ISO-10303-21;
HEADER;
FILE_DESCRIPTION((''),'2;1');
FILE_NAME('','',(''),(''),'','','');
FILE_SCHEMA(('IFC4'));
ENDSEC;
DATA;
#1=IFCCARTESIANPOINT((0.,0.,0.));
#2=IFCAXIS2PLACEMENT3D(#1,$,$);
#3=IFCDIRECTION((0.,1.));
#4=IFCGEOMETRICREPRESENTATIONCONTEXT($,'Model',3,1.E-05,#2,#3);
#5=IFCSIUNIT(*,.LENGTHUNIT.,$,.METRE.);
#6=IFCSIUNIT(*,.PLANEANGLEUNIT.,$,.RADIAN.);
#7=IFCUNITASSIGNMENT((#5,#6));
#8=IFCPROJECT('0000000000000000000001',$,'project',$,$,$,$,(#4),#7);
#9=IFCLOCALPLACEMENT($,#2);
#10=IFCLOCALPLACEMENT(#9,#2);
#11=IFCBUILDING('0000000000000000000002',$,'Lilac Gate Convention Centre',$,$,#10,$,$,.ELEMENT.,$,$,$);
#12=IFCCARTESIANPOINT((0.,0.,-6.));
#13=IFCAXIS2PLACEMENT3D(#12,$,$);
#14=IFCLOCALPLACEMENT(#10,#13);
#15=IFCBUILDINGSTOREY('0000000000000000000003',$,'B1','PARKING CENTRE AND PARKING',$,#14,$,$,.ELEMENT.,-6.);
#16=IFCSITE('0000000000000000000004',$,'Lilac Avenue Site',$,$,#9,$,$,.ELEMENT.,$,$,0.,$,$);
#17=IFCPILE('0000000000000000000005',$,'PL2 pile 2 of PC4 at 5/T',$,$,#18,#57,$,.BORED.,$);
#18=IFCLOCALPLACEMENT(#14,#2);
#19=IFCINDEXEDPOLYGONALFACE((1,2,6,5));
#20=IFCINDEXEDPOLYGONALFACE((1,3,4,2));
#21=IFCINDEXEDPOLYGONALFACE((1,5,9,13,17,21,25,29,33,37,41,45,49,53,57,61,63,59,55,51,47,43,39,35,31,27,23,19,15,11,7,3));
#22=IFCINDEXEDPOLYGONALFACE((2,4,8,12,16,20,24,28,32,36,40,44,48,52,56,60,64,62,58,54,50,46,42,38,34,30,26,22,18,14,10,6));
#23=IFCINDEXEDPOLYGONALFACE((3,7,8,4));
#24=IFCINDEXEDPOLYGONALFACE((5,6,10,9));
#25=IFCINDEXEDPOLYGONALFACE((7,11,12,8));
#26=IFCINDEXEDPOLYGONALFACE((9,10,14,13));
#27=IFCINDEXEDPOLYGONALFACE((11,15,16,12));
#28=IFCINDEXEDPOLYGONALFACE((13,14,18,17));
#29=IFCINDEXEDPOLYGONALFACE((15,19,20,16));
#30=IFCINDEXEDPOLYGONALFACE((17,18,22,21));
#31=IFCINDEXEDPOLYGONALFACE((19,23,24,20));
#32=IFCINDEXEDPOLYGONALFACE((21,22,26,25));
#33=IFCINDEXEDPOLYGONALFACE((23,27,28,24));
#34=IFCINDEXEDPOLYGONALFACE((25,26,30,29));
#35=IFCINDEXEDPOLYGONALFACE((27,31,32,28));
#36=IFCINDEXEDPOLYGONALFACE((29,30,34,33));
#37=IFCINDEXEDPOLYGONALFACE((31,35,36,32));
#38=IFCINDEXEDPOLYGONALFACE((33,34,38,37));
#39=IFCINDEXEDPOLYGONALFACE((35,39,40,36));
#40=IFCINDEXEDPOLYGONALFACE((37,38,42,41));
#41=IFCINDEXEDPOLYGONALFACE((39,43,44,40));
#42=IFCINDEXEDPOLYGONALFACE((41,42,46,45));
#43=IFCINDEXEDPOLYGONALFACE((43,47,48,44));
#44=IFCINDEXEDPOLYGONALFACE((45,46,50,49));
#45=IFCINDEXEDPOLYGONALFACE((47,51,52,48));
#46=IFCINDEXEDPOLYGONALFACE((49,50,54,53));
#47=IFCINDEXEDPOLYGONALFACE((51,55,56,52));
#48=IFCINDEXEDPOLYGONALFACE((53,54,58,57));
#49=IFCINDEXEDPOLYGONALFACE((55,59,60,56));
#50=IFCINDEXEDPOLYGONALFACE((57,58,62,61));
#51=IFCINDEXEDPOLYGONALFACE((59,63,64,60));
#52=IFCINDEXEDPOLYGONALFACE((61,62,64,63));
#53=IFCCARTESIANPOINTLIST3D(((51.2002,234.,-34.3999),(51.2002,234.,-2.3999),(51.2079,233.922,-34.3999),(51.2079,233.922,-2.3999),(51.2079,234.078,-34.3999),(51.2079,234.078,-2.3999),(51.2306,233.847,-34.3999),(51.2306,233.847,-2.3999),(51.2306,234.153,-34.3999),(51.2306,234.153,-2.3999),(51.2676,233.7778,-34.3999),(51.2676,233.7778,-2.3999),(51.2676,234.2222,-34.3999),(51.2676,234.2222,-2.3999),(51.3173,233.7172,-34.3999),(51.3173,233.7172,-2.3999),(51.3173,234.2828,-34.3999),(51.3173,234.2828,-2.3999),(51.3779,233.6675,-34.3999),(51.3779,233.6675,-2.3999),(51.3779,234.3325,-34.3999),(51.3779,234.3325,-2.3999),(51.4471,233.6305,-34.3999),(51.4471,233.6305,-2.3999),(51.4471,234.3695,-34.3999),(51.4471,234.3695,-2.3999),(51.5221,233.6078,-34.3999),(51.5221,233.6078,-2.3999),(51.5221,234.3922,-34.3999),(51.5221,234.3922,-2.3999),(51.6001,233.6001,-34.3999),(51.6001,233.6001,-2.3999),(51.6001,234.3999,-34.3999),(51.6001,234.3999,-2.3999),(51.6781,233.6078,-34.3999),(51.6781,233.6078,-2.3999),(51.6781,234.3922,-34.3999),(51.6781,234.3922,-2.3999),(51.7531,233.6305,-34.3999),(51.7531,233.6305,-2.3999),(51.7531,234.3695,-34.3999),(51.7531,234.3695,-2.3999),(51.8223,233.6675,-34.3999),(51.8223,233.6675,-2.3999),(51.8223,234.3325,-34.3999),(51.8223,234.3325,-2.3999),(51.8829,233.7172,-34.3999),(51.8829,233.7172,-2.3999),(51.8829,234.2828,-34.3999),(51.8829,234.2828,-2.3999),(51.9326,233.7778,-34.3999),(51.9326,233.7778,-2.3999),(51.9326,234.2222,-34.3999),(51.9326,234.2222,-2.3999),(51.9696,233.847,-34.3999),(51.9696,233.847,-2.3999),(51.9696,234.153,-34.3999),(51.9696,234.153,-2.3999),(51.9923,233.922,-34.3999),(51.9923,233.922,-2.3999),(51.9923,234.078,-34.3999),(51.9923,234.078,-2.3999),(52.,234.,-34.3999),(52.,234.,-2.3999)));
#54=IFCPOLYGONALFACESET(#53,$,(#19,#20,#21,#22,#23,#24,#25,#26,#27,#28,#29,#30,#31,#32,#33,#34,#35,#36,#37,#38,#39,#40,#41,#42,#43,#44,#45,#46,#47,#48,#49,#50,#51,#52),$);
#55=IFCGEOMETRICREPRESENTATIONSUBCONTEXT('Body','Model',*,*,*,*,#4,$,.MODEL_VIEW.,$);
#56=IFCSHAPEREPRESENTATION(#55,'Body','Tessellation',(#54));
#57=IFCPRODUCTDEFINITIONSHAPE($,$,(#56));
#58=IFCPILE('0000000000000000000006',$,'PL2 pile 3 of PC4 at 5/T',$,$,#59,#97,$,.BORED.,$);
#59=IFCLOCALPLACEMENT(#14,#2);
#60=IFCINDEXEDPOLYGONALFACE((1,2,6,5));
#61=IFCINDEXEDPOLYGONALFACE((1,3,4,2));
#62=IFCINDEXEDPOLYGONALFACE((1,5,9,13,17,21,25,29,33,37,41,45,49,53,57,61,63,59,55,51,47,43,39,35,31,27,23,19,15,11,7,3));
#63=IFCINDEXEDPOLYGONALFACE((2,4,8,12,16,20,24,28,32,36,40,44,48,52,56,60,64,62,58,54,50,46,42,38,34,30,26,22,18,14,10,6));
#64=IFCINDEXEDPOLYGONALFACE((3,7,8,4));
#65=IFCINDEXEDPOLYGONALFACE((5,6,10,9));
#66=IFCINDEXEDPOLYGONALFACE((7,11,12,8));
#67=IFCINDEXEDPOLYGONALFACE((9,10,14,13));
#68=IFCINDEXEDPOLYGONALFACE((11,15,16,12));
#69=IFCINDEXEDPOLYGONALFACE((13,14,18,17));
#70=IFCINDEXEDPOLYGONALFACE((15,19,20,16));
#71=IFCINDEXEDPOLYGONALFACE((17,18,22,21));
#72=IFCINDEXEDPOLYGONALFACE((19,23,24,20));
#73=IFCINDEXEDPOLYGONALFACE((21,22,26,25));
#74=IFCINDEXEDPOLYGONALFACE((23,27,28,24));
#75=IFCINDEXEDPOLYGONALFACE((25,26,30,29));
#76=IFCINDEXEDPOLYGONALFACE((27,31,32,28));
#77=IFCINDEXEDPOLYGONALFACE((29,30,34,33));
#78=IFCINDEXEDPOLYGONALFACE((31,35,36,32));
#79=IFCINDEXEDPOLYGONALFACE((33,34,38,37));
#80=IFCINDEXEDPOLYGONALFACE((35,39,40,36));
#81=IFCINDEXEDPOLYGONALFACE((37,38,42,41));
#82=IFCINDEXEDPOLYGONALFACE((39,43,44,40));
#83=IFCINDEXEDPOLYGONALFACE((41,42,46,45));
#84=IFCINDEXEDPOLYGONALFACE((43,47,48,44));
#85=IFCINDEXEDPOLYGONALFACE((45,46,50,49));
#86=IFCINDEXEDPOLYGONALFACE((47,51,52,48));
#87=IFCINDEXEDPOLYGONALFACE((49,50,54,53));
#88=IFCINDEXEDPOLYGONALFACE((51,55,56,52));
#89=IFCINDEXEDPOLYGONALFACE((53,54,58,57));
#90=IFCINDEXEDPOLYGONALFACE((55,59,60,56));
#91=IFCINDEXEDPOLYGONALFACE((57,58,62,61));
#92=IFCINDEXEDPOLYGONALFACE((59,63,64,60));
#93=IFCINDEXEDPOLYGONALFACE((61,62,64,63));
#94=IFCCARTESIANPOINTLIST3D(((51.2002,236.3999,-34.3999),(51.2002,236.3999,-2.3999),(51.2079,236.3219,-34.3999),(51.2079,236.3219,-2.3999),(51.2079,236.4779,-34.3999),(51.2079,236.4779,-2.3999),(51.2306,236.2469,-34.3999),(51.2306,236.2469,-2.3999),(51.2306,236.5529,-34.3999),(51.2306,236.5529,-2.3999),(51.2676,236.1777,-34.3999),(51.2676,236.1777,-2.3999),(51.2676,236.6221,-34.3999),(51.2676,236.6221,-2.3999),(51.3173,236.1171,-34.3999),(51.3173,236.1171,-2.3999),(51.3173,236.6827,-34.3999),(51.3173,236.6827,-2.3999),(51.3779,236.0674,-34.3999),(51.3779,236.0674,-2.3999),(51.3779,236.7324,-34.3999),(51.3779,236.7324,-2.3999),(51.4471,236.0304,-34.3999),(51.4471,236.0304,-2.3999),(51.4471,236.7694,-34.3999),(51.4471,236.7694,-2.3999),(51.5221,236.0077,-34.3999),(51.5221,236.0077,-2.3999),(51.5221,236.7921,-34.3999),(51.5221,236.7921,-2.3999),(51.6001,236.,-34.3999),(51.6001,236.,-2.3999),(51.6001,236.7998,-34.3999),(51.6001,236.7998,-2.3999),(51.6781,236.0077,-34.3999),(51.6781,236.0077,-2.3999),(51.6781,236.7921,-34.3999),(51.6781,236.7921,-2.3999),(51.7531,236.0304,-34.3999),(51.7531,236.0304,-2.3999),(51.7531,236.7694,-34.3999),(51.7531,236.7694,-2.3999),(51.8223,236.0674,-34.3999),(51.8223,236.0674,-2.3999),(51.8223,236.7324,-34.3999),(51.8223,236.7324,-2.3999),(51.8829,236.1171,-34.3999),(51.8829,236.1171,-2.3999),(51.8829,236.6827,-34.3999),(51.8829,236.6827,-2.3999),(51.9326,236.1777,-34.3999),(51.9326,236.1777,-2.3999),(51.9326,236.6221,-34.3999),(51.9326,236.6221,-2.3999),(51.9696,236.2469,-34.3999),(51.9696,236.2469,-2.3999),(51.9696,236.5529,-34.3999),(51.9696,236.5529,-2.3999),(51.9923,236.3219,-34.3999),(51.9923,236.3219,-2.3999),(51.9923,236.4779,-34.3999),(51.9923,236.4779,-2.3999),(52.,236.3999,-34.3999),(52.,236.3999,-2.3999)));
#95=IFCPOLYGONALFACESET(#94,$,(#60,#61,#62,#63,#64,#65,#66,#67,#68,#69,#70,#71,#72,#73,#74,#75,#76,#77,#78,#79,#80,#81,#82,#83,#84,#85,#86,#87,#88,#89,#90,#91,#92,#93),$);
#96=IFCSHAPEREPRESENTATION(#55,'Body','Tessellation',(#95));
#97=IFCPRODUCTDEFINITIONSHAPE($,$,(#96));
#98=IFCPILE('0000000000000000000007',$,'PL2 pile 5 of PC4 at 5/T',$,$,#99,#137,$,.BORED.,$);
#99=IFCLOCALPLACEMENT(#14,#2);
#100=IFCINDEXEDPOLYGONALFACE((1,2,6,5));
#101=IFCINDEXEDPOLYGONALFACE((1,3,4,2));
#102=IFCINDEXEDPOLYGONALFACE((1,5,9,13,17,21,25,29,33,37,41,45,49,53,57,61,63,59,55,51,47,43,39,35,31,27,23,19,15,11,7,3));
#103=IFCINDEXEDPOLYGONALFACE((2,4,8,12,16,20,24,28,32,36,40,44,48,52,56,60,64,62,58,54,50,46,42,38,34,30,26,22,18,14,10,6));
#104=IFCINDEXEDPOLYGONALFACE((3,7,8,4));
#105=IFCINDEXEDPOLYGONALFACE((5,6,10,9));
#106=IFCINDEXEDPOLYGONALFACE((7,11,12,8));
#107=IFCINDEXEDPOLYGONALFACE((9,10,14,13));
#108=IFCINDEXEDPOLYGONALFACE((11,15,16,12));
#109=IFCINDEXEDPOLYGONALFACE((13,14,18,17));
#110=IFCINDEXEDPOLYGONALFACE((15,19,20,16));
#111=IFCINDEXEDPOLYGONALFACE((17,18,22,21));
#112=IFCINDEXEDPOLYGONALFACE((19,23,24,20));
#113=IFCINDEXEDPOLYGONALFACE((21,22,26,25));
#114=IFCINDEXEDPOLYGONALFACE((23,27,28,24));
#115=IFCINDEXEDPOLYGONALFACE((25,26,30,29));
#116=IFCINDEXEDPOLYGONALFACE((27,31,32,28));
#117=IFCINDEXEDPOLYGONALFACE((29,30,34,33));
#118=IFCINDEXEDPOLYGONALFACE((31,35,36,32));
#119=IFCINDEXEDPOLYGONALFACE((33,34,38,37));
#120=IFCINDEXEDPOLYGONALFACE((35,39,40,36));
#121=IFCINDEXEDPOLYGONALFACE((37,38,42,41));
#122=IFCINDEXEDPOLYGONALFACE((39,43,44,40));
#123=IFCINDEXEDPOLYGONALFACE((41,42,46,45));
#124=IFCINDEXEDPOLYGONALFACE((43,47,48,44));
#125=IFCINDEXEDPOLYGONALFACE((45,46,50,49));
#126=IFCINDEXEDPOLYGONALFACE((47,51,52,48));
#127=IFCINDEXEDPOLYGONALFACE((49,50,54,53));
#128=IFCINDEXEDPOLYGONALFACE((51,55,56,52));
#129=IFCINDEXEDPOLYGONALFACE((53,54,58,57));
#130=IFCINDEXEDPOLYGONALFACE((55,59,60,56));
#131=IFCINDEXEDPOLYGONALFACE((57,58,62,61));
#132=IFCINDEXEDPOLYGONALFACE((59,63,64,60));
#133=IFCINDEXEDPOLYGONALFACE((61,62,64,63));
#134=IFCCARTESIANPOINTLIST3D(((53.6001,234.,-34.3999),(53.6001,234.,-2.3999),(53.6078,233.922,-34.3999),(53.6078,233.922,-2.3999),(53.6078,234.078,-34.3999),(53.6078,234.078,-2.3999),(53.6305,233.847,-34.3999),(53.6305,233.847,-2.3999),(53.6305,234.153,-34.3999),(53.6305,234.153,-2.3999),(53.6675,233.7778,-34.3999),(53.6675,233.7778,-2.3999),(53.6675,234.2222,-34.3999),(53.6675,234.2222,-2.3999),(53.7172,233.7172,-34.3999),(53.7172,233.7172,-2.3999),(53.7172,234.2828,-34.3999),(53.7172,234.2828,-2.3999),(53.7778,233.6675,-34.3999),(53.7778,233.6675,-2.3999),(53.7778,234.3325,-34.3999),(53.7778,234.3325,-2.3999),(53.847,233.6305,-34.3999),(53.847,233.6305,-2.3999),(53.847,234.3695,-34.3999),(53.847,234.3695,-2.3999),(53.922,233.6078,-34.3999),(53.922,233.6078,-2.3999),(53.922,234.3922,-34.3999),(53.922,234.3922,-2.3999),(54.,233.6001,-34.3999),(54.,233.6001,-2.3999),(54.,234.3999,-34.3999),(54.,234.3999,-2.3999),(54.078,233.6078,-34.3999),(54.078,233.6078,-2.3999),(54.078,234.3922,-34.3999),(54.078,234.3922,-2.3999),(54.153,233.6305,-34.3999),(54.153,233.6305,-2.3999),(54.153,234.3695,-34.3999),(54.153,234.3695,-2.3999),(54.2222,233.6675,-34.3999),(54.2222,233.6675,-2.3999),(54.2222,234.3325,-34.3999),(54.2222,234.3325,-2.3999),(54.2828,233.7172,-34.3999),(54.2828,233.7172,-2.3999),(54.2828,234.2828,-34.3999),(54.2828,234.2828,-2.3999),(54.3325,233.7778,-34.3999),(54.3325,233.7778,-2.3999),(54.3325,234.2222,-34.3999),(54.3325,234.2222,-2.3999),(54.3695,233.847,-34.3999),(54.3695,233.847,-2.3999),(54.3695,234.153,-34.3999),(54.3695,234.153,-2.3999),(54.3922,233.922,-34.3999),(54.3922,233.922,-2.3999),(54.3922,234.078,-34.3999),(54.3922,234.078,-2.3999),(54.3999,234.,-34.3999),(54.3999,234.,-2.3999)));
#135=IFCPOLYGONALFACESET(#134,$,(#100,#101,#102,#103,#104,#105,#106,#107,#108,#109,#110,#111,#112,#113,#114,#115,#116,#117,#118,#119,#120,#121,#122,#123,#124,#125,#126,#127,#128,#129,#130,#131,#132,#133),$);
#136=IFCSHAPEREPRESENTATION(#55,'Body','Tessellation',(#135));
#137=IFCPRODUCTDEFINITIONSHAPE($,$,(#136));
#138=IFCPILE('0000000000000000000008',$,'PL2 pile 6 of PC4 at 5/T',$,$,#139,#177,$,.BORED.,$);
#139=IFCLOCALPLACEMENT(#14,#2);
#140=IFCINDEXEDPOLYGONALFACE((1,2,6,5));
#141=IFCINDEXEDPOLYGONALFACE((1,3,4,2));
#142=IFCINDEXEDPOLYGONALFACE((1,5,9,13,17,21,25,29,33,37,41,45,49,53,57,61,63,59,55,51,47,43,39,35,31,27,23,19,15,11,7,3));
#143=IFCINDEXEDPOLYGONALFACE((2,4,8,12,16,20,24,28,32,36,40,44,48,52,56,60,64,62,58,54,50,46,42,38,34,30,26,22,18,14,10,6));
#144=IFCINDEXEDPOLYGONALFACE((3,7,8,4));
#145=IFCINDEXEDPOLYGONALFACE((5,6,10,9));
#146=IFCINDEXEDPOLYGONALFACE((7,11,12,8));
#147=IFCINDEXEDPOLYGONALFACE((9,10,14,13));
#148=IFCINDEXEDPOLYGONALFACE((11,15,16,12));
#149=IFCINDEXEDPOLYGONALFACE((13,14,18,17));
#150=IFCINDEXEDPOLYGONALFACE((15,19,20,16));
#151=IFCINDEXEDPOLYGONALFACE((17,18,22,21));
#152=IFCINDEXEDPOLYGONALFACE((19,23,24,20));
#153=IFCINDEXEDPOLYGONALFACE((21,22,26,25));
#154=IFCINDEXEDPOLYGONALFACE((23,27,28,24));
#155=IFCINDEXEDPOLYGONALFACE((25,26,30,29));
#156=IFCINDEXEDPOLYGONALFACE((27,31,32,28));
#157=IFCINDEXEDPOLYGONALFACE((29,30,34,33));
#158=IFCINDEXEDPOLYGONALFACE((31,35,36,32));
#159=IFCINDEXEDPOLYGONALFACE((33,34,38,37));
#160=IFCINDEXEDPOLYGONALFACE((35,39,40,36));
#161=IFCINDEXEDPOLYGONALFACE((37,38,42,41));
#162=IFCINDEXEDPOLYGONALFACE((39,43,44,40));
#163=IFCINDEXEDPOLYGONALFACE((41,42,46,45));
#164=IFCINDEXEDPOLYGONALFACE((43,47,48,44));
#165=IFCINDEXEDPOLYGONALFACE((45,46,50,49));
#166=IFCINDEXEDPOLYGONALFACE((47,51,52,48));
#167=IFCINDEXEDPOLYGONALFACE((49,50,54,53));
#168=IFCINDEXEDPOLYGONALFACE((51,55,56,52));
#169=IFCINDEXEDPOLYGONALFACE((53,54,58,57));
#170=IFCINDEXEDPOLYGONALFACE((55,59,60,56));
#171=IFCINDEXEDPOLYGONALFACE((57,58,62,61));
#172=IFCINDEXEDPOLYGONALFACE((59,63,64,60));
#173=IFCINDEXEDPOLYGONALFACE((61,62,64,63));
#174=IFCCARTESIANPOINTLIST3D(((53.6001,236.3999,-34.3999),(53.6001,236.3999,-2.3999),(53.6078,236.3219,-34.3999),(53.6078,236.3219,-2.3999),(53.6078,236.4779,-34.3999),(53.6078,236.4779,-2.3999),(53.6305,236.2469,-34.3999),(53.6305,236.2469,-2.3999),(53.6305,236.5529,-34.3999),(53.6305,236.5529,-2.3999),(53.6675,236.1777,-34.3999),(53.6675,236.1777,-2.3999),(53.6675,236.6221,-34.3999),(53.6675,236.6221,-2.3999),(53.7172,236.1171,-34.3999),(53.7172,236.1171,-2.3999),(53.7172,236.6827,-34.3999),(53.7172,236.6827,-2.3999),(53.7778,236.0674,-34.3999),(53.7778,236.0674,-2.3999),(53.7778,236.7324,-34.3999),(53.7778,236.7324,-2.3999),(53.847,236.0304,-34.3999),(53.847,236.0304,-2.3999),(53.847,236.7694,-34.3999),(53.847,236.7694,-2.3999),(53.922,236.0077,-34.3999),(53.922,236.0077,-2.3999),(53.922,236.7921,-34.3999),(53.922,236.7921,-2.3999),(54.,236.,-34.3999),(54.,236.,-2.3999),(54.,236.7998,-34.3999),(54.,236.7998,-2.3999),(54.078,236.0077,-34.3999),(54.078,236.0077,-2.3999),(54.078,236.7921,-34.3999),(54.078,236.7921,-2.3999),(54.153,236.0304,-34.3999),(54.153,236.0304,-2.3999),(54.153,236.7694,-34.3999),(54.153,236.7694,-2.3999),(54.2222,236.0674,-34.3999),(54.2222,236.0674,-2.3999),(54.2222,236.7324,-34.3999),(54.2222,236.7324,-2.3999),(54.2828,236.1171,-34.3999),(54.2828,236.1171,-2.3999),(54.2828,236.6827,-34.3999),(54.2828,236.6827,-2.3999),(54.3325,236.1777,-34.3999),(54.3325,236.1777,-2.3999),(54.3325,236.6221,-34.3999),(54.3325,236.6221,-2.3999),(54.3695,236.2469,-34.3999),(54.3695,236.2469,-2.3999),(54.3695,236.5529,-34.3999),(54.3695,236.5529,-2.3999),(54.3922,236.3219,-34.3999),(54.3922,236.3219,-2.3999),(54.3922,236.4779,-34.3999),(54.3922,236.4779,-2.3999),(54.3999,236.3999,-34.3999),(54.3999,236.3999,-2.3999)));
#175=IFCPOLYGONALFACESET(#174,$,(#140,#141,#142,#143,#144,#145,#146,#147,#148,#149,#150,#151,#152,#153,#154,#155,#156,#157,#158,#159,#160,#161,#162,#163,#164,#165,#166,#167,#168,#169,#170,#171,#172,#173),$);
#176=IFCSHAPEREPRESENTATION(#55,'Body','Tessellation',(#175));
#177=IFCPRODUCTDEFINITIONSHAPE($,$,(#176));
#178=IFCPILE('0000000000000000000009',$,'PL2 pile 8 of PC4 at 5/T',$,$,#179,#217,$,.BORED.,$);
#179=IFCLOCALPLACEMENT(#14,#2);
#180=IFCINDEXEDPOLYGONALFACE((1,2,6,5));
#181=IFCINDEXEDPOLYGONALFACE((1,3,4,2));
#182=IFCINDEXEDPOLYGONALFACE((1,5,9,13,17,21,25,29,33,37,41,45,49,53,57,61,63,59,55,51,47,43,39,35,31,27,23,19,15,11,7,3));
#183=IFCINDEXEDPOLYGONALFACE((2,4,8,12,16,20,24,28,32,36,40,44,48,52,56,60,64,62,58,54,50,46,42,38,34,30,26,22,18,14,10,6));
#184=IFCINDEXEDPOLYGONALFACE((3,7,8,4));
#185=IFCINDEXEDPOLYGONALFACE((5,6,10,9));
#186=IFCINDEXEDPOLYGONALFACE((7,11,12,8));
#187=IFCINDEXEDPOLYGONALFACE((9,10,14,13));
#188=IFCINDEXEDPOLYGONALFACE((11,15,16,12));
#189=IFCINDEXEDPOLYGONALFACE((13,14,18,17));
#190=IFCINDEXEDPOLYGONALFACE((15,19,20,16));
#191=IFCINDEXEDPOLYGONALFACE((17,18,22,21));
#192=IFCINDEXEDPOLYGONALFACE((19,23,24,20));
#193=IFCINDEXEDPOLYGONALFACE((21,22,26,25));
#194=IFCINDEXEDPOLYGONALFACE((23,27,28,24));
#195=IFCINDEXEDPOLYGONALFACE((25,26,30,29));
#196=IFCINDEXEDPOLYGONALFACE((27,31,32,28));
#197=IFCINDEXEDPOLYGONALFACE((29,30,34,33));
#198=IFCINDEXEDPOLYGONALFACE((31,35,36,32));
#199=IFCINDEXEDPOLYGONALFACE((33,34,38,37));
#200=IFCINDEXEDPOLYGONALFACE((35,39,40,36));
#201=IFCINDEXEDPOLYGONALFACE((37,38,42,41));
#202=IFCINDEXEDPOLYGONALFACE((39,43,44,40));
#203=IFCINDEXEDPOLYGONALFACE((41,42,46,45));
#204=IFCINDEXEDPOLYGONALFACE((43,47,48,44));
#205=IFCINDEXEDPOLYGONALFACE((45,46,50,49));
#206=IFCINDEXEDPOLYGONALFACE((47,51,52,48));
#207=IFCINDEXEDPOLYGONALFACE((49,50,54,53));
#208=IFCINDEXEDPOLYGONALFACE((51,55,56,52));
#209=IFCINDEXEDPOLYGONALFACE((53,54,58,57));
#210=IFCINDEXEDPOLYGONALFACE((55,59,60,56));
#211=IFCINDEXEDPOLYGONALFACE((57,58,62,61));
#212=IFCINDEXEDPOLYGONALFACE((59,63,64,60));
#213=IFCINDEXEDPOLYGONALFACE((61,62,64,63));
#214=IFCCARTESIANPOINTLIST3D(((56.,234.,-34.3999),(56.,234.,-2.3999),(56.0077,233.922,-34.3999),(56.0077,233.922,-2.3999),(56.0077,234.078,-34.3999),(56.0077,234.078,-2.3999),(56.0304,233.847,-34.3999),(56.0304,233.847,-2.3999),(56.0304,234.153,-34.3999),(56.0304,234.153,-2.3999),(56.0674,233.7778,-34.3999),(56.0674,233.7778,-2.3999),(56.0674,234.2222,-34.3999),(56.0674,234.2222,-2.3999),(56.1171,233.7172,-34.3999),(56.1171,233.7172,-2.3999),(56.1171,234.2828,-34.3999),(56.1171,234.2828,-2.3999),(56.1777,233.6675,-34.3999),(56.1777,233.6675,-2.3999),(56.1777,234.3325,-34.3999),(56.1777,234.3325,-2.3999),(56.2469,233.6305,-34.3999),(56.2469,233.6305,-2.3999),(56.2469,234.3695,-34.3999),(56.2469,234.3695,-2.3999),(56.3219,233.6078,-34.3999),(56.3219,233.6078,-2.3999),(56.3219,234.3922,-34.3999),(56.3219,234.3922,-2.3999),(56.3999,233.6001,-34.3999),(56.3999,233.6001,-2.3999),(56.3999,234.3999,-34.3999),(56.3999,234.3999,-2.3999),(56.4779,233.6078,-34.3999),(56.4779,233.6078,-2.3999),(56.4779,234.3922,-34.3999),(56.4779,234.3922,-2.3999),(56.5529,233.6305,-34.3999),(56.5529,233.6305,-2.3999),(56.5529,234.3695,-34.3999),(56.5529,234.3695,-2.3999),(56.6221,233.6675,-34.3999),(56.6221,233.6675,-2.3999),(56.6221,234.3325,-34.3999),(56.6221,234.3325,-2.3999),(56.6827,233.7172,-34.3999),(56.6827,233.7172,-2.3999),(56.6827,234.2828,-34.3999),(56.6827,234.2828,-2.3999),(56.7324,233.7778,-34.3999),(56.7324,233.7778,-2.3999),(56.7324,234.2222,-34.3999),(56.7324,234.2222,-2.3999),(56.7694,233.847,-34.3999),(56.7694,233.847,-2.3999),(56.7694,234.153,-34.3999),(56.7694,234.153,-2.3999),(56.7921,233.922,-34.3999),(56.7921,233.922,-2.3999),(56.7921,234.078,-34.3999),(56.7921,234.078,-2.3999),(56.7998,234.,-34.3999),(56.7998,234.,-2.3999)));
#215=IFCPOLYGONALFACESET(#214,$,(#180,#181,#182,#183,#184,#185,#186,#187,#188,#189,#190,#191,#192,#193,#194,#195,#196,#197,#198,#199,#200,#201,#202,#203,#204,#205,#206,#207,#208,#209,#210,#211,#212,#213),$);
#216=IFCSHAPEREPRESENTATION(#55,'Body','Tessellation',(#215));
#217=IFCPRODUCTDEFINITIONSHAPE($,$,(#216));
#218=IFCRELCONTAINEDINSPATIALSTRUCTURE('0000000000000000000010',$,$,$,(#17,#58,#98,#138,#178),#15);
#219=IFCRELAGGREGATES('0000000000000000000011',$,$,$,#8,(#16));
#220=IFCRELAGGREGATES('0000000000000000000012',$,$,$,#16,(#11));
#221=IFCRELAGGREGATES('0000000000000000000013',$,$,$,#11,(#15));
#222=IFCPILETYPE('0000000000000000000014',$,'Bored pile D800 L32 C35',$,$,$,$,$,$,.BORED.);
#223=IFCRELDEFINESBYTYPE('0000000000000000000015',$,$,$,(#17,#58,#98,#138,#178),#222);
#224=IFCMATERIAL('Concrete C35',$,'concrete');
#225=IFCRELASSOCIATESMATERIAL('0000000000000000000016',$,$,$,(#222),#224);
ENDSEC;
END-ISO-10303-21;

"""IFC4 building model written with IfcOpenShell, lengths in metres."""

from ifc_helpers import new_model, si_unit, direction, frame, origin, origin_2d, place, context, subcontext, project, spatial, circle, extrude, material, material_profile, profile_set, type_object, element, save


model = new_model("IFC4")

# Units and contexts
model_context = context("Model", 3, precision=1e-05, world=origin(), true_north=direction((0.0, 1.0)))
body_context = subcontext(model_context, "Body", "Model", "MODEL_VIEW")
ifc_project = project(units=[si_unit("LENGTHUNIT", "METRE"), si_unit("PLANEANGLEUNIT", "RADIAN")], contexts=[model_context])

# Site, building, storey
site_placement = place(None, origin())
site = spatial("IfcSite", under=ifc_project, at=site_placement, Name="Lilac Avenue Site", CompositionType="ELEMENT", RefElevation=0.0)
building_placement = place(site_placement, origin())
building = spatial("IfcBuilding", under=site, at=building_placement, Name="Lilac Gate Convention Centre", CompositionType="ELEMENT")
storey_placement = place(building_placement, frame((0.0, 0.0, -6.0)))
storey = spatial("IfcBuildingStorey", under=building, at=storey_placement, Name="B1", Description="PARKING CENTRE AND PARKING", CompositionType="ELEMENT", Elevation=-6.0)

# Piles
ifc_material_1 = material(Name="Concrete C35", Category="concrete")
ifc_material_profile_1 = material_profile(ifc_material_1, circle(Radius=0.3999, at=origin_2d()), Name="D800")
ifc_profile_set_1 = profile_set([ifc_material_profile_1], Name="Concrete C35")
pile_type = type_object("IfcPileType", Name="Bored pile D800 L32 C35", PredefinedType="BORED", material=ifc_profile_set_1)
for number, where, z_axis, x_axis, name in (
    (1, (51.6001, 234.0, -2.3999), (0.0, 0.0, -1.0), (1.0, 0.0, 0.0), "PL2 pile 2 of PC4 at 5/T"),
    (2, (51.6001, 236.3999, -2.3999), (0.0, 0.0, -1.0), (1.0, 0.0, 0.0), "PL2 pile 3 of PC4 at 5/T"),
    (3, (54.0, 234.0, -2.3999), (0.0, 0.0, -1.0), (1.0, 0.0, 0.0), "PL2 pile 5 of PC4 at 5/T"),
    (4, (54.0, 236.3999, -2.3999), (0.0, 0.0, -1.0), (1.0, 0.0, 0.0), "PL2 pile 6 of PC4 at 5/T"),
    (5, (56.3999, 234.0, -2.3999), (0.0, 0.0, -1.0), (1.0, 0.0, 0.0), "PL2 pile 8 of PC4 at 5/T"),
):
    element("IfcPile", number, at=place(storey_placement, frame(where, z_axis=z_axis, x_axis=x_axis)), inside=storey, type_object=pile_type, Name=name, PredefinedType="BORED", context=body_context, shape_type="SweptSolid", body=[
        extrude(circle(Radius=0.3999, at=origin_2d()), origin(), (0.0, 0.0, 1.0), 32.0),
    ])

save(model, "model.ifc")
